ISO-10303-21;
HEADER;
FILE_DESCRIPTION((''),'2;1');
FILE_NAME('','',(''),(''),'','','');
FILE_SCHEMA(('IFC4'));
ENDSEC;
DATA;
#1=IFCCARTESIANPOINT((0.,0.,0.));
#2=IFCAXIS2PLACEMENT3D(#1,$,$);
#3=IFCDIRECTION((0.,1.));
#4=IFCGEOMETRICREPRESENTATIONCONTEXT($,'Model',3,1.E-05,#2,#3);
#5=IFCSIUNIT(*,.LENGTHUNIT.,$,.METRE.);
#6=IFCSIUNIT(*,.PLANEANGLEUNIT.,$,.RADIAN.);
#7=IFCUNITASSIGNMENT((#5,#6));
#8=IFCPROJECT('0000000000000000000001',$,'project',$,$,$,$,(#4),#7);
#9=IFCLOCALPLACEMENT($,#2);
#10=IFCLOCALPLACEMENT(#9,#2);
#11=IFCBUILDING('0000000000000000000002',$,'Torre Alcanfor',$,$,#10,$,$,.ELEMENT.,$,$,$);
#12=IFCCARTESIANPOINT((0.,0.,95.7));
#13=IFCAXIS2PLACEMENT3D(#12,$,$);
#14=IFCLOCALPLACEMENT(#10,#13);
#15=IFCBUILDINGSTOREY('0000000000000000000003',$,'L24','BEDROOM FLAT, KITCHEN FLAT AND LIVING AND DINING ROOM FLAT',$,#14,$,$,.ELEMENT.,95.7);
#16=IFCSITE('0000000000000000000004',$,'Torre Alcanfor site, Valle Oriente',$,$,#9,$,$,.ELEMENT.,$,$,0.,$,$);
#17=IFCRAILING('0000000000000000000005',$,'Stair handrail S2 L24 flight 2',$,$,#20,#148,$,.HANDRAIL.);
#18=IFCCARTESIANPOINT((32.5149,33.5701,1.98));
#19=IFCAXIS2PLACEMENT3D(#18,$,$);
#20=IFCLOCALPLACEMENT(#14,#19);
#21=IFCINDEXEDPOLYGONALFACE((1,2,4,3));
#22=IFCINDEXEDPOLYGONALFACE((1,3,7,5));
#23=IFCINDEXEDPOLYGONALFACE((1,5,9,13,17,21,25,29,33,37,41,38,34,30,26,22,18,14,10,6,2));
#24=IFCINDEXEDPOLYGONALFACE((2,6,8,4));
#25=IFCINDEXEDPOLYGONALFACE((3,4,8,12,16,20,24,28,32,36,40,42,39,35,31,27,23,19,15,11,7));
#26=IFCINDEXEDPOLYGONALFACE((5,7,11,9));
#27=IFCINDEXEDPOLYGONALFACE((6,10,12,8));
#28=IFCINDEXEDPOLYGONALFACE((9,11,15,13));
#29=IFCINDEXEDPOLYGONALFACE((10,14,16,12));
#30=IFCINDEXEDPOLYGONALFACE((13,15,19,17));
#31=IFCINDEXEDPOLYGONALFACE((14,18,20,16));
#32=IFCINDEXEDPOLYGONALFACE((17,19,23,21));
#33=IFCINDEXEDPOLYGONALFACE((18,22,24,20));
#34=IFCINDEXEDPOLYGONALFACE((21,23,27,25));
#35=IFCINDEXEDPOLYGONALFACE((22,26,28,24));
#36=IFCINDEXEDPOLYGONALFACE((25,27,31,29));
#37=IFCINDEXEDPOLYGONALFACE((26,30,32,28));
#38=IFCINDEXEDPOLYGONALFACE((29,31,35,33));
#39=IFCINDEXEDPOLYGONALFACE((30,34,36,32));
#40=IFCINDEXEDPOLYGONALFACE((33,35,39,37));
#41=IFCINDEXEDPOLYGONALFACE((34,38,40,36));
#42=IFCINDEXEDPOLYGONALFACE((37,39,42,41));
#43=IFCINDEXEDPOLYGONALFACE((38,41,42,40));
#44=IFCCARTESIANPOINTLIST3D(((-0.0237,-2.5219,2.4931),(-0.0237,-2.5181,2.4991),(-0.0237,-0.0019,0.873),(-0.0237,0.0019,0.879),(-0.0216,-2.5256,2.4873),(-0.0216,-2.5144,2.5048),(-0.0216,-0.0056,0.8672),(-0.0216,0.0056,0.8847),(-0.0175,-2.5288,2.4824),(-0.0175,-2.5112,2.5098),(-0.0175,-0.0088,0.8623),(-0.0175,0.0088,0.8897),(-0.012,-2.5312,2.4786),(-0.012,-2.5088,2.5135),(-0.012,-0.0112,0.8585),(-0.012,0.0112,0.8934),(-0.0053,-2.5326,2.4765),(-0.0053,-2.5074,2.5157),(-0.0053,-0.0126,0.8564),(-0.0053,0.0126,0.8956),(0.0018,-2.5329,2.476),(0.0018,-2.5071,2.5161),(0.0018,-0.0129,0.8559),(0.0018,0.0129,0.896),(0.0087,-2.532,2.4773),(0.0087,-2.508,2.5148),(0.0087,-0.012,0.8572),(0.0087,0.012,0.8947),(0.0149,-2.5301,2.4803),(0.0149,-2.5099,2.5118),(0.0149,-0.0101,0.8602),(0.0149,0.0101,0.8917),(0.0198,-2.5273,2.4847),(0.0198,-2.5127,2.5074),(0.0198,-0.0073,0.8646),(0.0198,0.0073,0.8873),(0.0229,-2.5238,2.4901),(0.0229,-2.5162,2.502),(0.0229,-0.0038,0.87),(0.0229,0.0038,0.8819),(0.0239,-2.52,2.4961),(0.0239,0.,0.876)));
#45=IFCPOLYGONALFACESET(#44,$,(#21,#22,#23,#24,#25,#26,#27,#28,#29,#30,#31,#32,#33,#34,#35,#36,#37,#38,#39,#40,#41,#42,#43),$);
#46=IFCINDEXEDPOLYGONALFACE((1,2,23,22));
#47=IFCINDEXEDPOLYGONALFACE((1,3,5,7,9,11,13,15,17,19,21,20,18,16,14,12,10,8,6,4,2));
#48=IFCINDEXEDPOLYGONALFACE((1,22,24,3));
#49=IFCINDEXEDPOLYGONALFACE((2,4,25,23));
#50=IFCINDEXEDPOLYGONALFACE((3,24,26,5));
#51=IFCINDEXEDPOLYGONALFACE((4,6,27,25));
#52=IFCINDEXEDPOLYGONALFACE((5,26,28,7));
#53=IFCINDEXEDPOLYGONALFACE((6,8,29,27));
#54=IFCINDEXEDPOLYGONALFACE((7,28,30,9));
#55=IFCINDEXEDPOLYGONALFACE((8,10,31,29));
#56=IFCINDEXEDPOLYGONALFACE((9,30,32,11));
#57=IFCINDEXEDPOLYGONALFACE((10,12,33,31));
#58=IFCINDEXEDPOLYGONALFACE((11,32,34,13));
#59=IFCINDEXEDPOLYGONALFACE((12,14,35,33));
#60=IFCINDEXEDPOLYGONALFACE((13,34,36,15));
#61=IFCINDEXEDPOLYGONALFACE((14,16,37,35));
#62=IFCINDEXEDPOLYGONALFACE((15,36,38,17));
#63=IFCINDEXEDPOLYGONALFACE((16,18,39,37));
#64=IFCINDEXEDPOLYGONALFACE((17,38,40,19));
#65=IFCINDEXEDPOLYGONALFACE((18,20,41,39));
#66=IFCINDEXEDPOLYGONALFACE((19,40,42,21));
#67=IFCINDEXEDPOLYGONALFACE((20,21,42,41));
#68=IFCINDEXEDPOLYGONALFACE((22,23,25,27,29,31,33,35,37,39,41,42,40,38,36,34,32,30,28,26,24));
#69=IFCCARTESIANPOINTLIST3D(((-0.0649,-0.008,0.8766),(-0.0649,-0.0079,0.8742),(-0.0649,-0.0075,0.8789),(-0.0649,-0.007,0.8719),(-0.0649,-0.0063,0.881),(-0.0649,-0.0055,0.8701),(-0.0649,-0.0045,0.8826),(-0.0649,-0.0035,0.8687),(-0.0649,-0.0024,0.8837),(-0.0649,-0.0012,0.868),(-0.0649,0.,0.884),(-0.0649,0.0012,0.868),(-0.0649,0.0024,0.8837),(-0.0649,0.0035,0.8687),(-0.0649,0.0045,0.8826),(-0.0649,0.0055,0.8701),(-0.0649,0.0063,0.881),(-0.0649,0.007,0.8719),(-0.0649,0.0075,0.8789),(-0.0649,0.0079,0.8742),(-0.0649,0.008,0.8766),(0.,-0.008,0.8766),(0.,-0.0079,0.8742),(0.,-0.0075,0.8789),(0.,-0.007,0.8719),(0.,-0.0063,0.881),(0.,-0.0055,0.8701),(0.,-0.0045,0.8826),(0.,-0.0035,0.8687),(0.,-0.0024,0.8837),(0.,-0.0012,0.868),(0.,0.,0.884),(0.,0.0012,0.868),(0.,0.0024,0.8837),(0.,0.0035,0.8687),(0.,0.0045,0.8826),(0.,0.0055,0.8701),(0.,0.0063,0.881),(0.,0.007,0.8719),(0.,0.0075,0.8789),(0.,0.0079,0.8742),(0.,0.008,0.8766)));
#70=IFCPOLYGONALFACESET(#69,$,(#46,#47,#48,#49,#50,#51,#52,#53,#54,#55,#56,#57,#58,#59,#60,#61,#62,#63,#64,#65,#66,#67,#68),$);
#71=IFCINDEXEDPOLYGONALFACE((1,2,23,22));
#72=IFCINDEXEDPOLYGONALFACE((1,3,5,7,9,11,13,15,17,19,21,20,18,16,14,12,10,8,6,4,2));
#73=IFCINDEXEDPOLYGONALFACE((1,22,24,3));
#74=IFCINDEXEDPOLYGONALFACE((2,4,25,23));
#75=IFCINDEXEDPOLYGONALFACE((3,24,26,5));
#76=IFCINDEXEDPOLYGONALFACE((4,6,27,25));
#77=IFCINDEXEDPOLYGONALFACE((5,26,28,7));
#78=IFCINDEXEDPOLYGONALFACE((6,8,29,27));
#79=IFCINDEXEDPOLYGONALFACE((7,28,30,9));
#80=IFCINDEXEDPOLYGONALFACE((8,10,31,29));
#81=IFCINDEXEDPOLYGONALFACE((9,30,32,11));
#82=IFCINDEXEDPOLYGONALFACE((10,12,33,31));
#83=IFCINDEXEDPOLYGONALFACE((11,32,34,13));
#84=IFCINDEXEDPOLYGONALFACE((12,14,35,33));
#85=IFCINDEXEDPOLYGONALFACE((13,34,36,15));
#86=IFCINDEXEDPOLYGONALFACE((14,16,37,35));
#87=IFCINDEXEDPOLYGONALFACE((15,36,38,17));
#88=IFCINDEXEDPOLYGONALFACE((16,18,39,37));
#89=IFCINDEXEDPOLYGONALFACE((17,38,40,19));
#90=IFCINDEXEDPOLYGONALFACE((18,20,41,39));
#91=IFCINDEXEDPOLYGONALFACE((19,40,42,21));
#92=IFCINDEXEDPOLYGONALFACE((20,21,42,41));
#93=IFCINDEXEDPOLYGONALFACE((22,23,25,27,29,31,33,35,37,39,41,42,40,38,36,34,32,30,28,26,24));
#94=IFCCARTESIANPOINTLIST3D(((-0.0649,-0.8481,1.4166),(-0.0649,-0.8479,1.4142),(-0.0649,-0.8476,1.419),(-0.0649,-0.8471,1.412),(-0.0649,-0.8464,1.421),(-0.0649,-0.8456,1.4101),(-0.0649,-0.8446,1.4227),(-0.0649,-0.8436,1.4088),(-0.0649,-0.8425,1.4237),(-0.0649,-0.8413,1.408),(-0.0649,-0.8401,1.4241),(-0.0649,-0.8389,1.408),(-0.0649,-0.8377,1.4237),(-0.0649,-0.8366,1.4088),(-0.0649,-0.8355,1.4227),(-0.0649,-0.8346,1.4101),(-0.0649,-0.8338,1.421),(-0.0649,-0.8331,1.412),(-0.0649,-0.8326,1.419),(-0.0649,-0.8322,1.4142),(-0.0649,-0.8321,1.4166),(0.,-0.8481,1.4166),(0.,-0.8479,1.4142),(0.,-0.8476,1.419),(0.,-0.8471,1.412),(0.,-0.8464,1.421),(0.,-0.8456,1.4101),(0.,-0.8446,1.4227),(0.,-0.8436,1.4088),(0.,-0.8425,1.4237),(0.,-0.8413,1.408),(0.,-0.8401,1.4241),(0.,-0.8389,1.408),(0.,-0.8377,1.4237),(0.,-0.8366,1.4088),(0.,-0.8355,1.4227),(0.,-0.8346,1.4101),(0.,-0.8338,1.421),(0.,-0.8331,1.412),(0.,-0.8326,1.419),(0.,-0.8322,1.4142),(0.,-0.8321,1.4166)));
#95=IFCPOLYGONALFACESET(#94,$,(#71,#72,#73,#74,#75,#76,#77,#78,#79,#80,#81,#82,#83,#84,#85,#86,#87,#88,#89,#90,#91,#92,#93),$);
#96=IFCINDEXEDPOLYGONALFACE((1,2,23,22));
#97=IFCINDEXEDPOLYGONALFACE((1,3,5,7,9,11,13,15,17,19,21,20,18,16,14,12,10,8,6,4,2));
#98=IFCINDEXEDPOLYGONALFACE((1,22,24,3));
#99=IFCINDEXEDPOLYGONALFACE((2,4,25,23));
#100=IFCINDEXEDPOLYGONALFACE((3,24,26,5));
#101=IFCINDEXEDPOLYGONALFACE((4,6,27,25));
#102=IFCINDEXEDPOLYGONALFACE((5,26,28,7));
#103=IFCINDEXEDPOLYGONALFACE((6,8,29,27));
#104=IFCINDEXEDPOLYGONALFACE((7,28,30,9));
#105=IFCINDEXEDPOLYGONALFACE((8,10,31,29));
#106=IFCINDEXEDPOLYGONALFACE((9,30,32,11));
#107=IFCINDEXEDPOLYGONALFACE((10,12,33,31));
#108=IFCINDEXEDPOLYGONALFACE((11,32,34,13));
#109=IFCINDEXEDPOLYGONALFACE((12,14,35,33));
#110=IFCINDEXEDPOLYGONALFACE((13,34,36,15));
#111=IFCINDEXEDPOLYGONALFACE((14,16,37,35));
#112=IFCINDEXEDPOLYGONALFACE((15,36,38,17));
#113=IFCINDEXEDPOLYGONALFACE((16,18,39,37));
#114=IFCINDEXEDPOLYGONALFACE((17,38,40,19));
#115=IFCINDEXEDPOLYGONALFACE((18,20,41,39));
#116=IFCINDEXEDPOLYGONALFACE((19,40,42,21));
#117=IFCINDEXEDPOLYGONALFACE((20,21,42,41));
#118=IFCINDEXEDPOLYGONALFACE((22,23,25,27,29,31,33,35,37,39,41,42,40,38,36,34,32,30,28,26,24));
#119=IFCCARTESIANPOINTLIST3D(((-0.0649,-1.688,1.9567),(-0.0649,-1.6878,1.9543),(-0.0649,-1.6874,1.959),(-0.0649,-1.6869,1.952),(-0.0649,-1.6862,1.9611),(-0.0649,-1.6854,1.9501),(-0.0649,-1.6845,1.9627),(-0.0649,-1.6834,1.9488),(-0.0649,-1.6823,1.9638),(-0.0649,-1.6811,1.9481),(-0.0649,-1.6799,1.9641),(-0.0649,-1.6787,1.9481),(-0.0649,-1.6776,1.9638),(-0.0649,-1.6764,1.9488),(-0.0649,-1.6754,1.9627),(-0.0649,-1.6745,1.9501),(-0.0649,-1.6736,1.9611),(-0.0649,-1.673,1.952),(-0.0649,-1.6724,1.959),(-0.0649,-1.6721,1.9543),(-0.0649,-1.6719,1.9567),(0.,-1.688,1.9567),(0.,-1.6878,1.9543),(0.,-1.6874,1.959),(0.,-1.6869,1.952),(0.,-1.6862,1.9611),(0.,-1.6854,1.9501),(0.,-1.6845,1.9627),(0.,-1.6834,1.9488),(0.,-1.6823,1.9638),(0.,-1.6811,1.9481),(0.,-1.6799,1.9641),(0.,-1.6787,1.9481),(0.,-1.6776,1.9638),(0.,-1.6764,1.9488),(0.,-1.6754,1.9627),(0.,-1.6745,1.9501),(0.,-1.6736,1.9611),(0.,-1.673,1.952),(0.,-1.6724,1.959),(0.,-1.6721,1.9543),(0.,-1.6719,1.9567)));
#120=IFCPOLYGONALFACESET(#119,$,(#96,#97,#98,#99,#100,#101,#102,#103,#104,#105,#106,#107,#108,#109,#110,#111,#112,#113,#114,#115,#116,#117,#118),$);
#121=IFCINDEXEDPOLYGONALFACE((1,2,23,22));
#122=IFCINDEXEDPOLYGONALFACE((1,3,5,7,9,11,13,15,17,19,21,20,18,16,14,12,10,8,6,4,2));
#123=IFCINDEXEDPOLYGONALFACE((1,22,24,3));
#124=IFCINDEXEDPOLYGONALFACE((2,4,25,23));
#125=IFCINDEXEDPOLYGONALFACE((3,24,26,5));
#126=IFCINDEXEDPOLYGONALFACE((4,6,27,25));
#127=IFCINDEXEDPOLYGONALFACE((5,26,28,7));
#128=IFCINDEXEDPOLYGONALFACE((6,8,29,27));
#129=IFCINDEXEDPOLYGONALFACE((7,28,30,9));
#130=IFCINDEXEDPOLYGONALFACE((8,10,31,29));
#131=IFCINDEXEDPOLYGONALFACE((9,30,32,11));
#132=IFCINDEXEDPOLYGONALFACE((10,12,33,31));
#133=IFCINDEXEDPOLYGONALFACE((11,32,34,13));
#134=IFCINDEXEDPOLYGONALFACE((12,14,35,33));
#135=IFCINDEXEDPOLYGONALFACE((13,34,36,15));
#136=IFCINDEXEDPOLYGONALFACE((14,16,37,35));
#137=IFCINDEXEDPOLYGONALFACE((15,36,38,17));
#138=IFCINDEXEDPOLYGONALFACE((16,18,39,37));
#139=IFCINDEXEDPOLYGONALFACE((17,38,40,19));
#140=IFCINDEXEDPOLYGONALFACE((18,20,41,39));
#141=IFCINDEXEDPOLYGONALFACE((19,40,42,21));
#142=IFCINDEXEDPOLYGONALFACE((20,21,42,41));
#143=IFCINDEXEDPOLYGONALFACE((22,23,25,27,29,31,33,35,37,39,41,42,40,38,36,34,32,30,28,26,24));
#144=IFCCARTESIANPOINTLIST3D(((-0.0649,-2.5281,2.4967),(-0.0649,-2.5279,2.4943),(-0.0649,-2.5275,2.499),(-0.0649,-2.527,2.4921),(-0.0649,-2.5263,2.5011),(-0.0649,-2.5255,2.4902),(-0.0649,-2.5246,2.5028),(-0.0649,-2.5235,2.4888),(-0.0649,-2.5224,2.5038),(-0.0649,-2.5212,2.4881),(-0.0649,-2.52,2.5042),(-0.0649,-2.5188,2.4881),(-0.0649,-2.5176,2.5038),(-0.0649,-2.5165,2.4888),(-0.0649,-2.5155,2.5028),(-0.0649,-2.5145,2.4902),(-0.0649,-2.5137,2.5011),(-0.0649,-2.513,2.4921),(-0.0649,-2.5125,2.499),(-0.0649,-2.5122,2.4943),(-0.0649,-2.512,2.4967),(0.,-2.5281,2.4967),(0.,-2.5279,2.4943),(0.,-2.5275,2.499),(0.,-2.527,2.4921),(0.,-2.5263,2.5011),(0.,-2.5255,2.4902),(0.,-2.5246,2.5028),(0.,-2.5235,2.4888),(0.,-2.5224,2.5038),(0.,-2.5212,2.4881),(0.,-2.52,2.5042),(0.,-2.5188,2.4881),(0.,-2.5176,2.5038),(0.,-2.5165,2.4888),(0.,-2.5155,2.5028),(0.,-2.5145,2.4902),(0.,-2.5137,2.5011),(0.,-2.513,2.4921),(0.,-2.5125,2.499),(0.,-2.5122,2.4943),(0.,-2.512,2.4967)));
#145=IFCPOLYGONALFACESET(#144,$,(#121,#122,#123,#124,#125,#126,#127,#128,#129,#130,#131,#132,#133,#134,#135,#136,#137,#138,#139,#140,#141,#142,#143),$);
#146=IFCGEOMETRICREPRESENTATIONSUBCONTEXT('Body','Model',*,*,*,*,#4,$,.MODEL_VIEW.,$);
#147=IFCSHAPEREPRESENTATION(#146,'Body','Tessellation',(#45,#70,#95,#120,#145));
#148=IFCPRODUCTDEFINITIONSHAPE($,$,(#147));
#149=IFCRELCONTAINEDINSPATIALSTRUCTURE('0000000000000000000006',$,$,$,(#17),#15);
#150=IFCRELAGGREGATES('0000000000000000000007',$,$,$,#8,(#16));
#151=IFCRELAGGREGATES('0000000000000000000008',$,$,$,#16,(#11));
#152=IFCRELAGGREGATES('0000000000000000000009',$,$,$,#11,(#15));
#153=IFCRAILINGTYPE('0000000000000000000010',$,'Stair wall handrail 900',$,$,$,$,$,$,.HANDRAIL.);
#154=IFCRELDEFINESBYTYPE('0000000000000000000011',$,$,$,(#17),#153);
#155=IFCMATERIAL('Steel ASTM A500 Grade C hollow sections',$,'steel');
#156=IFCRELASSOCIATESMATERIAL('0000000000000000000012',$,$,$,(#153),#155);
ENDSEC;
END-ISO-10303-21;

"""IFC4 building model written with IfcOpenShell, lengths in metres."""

from ifc_helpers import new_model, si_unit, direction, frame, origin, origin_2d, place, context, subcontext, project, spatial, circle, extrude, material, type_object, element, save


model = new_model("IFC4")

# Units and contexts
model_context = context("Model", 3, precision=1e-05, world=origin(), true_north=direction((0.0, 1.0)))
body_context = subcontext(model_context, "Body", "Model", "MODEL_VIEW")
ifc_project = project(units=[si_unit("LENGTHUNIT", "METRE"), si_unit("PLANEANGLEUNIT", "RADIAN")], contexts=[model_context])

# Site, building, storey
site_placement = place(None, origin())
site = spatial("IfcSite", under=ifc_project, at=site_placement, Name="Torre Alcanfor site, Valle Oriente", CompositionType="ELEMENT", RefElevation=0.0)
building_placement = place(site_placement, origin())
building = spatial("IfcBuilding", under=site, at=building_placement, Name="Torre Alcanfor", CompositionType="ELEMENT")
storey_placement = place(building_placement, frame((0.0, 0.0, 95.7)))
storey = spatial("IfcBuildingStorey", under=building, at=storey_placement, Name="L24", Description="BEDROOM FLAT, KITCHEN FLAT AND LIVING AND DINING ROOM FLAT", CompositionType="ELEMENT", Elevation=95.7)

# Railing
ifc_material_1 = material(Name="Steel ASTM A500 Grade C hollow sections", Category="steel")
railing_type_1 = type_object("IfcRailingType", Name="Stair wall handrail 900", PredefinedType="HANDRAIL", material=ifc_material_1)
railing_1_placement = place(storey_placement, frame((32.5149, 33.5701, 1.98)))
element("IfcRailing", 1, at=railing_1_placement, inside=storey, type_object=railing_type_1, Name="Stair handrail S2 L24 flight 2", PredefinedType="HANDRAIL", context=body_context, shape_type="SweptSolid", body=[
    extrude(circle(Radius=0.0239, at=origin_2d()), frame((0.0, 0.0, 0.876), z_axis=(0.0, -0.841163, 0.540782), x_axis=(1.0, 0.0, 0.0)), (0.0, 0.0, 1.0), 2.9958),
    extrude(circle(Radius=0.0081, at=origin_2d()), frame((0.0, 0.0, 0.876), z_axis=(-1.0, 0.0, 0.0), x_axis=(0.0, 0.0, 1.0)), (0.0, 0.0, 1.0), 0.0649),
    extrude(circle(Radius=0.0081, at=origin_2d()), frame((0.0, -0.8401, 1.416), z_axis=(-1.0, 0.0, 0.0), x_axis=(0.0, 0.0, 1.0)), (0.0, 0.0, 1.0), 0.0649),
    extrude(circle(Radius=0.0081, at=origin_2d()), frame((0.0, -1.6799, 1.9561), z_axis=(-1.0, 0.0, 0.0), x_axis=(0.0, 0.0, 1.0)), (0.0, 0.0, 1.0), 0.0649),
    extrude(circle(Radius=0.0081, at=origin_2d()), frame((0.0, -2.52, 2.4961), z_axis=(-1.0, 0.0, 0.0), x_axis=(0.0, 0.0, 1.0)), (0.0, 0.0, 1.0), 0.0649),
])

save(model, "model.ifc")
